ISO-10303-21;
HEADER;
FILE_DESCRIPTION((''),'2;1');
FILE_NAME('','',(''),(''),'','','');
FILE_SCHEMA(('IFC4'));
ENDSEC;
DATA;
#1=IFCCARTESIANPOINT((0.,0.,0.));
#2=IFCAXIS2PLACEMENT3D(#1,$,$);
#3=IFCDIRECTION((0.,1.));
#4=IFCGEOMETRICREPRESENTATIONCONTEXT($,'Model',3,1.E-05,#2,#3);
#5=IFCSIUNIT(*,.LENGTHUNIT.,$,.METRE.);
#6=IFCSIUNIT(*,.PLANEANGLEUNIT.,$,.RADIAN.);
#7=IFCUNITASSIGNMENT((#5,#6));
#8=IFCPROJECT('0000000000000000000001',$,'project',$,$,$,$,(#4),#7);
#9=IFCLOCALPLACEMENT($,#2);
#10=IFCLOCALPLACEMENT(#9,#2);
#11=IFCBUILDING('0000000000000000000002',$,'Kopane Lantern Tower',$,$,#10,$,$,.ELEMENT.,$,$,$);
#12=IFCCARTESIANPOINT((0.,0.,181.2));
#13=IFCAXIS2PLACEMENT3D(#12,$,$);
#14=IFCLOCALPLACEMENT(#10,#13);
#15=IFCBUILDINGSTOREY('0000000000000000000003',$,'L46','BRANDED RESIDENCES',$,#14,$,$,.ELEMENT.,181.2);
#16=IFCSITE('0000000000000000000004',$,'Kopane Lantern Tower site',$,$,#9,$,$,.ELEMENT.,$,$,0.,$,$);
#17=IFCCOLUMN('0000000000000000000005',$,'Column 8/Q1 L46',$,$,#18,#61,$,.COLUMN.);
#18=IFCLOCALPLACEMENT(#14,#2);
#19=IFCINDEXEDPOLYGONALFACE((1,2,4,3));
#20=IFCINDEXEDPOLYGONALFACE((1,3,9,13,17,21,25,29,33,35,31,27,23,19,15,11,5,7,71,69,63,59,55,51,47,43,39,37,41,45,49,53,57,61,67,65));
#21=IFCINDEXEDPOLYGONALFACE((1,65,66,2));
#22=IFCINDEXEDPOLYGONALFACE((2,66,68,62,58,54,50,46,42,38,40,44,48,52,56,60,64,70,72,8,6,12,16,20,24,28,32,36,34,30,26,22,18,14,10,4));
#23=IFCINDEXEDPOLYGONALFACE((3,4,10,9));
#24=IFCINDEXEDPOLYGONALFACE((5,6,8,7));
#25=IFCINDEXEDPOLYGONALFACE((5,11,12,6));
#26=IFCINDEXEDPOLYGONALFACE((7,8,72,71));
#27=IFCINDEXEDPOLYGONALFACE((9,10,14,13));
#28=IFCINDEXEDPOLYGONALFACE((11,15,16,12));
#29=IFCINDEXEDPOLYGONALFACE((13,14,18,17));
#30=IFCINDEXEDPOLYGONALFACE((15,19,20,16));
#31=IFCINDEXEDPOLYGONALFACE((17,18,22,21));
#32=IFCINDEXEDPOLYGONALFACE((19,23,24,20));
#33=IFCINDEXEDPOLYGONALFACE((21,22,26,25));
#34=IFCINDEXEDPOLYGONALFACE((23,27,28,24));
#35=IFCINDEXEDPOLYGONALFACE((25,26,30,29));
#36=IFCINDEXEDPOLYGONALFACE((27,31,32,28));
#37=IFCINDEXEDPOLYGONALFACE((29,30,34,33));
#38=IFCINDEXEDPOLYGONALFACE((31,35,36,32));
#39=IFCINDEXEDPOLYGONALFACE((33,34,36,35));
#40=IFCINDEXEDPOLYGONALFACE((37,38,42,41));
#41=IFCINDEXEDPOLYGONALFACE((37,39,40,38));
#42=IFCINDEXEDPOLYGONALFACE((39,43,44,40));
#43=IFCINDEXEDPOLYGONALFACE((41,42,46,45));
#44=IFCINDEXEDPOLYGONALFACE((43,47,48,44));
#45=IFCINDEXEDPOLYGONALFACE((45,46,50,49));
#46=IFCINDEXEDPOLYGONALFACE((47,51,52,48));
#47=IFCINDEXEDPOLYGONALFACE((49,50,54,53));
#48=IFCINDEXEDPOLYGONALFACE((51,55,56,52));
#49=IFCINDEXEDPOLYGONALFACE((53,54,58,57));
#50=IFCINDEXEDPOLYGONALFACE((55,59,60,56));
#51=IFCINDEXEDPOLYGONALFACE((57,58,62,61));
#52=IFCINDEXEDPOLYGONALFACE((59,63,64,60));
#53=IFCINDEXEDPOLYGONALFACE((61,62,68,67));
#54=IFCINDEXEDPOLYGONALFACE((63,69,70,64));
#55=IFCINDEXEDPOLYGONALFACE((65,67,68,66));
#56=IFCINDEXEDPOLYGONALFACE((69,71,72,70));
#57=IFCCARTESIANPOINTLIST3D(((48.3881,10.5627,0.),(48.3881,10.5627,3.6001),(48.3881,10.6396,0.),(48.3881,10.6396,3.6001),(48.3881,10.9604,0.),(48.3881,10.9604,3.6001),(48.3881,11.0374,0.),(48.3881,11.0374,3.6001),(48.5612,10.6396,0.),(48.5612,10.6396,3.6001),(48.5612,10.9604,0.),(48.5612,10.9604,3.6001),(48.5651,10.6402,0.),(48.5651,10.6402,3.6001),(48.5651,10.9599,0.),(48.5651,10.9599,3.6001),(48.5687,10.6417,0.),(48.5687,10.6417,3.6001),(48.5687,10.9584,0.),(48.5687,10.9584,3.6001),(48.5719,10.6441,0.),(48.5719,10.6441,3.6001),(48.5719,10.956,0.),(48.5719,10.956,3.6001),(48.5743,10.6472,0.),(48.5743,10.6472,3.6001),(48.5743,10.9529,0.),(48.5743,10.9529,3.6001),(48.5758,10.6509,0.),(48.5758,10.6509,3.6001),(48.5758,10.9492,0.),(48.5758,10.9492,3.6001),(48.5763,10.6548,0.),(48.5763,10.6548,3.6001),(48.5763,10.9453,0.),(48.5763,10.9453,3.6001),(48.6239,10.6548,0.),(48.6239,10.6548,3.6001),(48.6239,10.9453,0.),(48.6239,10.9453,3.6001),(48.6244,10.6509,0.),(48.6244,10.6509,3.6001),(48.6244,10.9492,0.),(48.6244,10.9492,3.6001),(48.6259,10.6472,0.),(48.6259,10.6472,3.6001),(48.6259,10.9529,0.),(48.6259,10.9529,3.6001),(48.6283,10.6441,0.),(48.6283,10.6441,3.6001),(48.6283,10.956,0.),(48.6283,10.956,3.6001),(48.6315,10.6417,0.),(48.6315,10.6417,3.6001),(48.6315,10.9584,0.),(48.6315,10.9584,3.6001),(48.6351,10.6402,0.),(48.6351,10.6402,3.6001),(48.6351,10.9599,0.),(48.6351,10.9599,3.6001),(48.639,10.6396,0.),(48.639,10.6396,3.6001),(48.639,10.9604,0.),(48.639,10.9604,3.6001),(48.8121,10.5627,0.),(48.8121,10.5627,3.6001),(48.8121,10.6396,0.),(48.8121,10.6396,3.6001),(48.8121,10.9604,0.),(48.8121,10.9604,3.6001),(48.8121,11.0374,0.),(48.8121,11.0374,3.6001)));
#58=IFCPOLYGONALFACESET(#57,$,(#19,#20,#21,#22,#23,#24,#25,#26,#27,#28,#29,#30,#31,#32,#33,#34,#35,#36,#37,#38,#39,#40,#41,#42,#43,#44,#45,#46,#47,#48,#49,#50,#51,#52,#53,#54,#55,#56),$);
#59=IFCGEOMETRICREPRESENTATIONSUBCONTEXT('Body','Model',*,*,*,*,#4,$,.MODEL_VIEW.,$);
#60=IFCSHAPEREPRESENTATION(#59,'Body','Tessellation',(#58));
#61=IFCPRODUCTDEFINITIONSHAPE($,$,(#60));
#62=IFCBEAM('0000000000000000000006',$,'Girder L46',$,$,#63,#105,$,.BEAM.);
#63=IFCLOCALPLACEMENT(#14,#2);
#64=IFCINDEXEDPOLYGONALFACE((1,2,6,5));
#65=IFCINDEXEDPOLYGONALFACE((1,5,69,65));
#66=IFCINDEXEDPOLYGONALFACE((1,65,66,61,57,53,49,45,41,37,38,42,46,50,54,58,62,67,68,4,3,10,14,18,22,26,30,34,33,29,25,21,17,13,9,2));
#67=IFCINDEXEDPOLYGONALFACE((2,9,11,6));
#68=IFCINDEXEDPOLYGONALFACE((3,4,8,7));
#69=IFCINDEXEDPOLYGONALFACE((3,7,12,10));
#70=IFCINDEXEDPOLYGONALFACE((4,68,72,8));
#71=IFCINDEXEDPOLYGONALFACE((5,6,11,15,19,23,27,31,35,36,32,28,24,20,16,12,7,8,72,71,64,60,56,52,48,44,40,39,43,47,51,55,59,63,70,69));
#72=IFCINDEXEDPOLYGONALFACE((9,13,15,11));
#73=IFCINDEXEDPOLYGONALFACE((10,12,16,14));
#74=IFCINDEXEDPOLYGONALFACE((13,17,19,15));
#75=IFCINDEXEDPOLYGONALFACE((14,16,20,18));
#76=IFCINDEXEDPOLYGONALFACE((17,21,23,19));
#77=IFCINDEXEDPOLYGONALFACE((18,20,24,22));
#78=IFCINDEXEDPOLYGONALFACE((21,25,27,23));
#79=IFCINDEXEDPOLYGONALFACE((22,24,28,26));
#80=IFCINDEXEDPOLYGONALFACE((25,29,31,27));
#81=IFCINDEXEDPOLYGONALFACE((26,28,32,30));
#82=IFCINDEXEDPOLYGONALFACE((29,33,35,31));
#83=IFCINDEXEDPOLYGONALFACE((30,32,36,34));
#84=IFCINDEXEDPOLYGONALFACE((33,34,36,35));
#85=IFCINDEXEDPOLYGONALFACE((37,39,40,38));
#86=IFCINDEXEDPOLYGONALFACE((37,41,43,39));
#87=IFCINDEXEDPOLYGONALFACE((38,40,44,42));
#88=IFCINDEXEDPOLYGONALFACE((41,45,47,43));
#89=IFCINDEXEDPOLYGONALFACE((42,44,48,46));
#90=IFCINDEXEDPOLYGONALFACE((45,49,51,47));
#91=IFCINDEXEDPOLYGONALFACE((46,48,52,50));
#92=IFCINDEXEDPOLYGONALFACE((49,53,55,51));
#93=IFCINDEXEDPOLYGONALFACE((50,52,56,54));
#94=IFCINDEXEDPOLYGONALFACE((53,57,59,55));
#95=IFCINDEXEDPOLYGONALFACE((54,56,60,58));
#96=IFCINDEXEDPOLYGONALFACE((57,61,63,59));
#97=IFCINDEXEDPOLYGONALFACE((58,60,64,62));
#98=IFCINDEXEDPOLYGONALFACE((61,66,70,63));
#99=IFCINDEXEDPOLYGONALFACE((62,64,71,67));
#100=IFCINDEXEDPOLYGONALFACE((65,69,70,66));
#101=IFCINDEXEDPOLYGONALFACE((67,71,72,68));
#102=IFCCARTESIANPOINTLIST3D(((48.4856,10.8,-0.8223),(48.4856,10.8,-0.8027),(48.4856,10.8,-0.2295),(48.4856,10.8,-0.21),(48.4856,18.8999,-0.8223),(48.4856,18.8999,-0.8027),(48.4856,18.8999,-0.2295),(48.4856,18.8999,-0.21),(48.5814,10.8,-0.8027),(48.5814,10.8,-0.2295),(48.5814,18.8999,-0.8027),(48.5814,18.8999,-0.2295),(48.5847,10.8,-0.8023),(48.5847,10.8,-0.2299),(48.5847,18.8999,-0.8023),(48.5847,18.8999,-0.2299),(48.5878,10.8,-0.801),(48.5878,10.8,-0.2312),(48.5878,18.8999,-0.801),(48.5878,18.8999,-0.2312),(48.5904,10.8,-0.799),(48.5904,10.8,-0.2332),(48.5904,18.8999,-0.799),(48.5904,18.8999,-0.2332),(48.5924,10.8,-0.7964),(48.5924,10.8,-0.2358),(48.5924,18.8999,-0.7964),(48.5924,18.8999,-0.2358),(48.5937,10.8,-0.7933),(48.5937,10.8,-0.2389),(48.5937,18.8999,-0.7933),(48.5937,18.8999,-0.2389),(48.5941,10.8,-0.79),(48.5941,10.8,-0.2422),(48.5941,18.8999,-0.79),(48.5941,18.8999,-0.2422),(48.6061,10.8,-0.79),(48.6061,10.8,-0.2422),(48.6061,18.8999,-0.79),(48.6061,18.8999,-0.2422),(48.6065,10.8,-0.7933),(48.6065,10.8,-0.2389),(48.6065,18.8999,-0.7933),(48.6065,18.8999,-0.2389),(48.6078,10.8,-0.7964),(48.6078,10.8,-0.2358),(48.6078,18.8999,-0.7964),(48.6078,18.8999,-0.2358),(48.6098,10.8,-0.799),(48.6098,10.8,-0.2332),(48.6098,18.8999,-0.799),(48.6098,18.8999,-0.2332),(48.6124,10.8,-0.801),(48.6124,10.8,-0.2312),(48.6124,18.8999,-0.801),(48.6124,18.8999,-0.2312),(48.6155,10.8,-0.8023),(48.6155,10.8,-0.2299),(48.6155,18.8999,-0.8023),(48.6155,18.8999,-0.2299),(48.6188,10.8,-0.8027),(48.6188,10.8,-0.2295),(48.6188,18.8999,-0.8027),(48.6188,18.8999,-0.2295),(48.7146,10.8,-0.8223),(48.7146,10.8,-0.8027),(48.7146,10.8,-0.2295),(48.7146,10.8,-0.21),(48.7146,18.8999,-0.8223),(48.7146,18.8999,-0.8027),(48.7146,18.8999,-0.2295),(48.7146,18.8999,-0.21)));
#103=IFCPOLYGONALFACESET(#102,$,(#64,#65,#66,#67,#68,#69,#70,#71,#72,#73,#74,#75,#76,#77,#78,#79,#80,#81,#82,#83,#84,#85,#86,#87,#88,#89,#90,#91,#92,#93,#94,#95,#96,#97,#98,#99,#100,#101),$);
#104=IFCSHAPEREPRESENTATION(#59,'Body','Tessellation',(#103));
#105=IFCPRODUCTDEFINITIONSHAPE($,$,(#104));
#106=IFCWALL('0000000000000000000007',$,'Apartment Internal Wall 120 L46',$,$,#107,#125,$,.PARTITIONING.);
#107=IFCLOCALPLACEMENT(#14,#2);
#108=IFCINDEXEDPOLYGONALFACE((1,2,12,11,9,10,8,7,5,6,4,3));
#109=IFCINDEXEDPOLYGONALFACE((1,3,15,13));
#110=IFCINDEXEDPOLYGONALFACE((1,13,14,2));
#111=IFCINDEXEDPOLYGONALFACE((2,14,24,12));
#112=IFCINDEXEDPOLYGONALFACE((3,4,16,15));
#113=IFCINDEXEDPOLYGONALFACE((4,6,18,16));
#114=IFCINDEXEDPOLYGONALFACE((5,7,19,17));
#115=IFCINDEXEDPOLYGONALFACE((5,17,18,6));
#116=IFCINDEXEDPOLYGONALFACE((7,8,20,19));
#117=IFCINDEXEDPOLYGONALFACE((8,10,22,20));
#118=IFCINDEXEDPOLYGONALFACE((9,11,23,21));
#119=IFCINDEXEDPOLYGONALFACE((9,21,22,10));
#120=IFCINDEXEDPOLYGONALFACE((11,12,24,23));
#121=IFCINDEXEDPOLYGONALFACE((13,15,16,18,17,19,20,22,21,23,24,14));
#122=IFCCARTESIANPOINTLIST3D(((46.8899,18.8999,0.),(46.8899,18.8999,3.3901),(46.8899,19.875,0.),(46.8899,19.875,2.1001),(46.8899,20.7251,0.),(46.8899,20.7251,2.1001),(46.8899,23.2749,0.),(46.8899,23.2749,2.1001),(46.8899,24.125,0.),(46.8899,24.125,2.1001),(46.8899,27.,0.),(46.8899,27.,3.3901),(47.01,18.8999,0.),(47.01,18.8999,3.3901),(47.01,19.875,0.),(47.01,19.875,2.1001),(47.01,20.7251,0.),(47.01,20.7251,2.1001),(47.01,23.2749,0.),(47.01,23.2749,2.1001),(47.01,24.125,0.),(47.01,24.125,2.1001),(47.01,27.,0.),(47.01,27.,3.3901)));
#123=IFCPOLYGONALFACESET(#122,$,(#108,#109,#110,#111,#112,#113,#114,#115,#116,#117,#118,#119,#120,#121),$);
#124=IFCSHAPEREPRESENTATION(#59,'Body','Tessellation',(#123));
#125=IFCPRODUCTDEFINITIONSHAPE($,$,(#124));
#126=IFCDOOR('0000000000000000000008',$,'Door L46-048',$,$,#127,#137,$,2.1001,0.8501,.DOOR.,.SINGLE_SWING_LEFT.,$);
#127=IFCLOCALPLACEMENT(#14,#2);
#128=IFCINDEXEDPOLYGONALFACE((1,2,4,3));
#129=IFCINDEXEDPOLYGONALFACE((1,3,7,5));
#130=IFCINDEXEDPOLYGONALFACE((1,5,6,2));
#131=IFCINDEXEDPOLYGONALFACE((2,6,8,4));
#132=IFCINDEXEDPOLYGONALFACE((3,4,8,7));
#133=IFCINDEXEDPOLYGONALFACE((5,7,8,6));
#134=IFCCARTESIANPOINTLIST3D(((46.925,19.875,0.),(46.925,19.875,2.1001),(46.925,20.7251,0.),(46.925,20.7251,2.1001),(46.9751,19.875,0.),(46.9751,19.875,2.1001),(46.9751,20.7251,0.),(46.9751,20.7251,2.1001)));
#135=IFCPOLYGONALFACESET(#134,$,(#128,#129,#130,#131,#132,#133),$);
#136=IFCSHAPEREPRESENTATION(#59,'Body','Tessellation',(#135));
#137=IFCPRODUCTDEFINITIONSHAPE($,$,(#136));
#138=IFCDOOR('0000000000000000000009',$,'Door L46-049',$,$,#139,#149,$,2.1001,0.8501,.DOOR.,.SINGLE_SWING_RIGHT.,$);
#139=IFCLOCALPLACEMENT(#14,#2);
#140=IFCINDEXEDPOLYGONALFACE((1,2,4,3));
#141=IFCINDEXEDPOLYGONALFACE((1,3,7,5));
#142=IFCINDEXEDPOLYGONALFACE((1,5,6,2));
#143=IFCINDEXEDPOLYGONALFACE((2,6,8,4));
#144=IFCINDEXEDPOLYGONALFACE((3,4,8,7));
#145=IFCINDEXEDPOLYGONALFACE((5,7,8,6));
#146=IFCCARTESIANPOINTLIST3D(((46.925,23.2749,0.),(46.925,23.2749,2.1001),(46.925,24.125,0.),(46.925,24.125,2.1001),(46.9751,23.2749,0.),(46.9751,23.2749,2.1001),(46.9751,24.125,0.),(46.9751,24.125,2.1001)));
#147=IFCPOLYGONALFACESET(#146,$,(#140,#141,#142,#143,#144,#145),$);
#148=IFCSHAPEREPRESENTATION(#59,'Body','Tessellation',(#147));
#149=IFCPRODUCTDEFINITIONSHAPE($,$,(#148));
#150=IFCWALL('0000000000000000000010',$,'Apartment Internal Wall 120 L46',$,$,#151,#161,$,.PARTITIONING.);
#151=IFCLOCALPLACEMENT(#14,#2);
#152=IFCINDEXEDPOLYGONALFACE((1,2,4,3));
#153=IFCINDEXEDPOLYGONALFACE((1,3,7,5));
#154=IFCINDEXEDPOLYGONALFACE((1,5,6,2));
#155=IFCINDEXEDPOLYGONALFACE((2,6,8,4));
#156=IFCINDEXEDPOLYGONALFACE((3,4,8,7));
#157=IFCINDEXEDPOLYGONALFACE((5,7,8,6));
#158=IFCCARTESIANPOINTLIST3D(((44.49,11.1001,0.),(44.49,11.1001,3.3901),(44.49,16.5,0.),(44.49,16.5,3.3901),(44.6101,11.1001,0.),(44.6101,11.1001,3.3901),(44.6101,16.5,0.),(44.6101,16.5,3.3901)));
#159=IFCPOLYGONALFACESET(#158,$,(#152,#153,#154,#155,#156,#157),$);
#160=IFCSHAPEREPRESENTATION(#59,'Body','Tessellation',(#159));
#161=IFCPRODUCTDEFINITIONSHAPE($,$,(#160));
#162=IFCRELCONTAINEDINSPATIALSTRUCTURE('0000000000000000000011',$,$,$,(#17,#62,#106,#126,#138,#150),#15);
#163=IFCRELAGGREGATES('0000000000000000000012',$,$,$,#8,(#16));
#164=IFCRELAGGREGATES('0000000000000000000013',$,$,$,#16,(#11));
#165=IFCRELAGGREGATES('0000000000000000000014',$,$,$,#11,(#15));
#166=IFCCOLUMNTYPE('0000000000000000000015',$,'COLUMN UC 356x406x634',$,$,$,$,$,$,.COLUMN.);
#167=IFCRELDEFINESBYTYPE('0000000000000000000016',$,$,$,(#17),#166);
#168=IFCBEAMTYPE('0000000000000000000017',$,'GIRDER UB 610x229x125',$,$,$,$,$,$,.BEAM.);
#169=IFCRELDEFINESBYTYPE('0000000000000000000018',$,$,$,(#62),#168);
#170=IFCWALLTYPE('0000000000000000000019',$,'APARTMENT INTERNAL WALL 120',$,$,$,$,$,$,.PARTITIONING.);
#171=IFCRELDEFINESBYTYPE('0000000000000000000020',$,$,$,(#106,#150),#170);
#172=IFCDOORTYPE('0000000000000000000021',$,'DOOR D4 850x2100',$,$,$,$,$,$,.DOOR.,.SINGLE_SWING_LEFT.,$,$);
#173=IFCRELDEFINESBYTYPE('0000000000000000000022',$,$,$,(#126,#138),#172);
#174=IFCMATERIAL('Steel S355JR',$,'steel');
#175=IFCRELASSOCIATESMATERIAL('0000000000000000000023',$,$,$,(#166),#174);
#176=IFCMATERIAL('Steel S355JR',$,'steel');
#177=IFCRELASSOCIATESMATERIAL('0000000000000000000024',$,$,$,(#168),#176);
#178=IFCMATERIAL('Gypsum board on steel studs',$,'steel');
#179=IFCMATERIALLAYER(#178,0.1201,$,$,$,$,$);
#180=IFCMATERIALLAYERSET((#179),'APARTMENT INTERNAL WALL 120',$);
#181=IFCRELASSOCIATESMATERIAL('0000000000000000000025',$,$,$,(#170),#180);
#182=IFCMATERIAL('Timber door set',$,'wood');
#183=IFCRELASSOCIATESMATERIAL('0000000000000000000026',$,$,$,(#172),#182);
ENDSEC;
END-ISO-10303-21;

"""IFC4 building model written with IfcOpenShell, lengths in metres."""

from ifc_helpers import new_model, si_unit, direction, frame, frame_2d, origin, origin_2d, place, context, subcontext, project, spatial, rectangle, i_section, extrude, material, layer, layer_set, material_profile, profile_set, type_object, element, fill, save


model = new_model("IFC4")

# Units and contexts
model_context = context("Model", 3, precision=1e-05, world=origin(), true_north=direction((0.0, 1.0)))
body_context = subcontext(model_context, "Body", "Model", "MODEL_VIEW")
ifc_project = project(units=[si_unit("LENGTHUNIT", "METRE"), si_unit("PLANEANGLEUNIT", "RADIAN")], contexts=[model_context])

# Site, building, storey
site_placement = place(None, origin())
site = spatial("IfcSite", under=ifc_project, at=site_placement, Name="Kopane Lantern Tower site", CompositionType="ELEMENT", RefElevation=0.0)
building_placement = place(site_placement, origin())
building = spatial("IfcBuilding", under=site, at=building_placement, Name="Kopane Lantern Tower", CompositionType="ELEMENT")
storey_placement = place(building_placement, frame((0.0, 0.0, 181.2)))
storey = spatial("IfcBuildingStorey", under=building, at=storey_placement, Name="L46", Description="BRANDED RESIDENCES", CompositionType="ELEMENT", Elevation=181.2)

# Column
ifc_material_1 = material(Name="Steel S355JR", Category="steel")
ifc_material_profile_1 = material_profile(ifc_material_1, i_section(OverallWidth=0.4241, OverallDepth=0.4746, WebThickness=0.0476, FlangeThickness=0.0769, FilletRadius=0.0151, at=origin_2d()), Name="UC 356x406x634")
ifc_profile_set_1 = profile_set([ifc_material_profile_1], Name="Steel S355JR")
column_type = type_object("IfcColumnType", Name="COLUMN UC 356x406x634", PredefinedType="COLUMN", material=ifc_profile_set_1)
column_placement = place(storey_placement, frame((48.6001, 10.8, 0.0), z_axis=(0.0, 0.0, 1.0), x_axis=(1.0, 0.0, 0.0)))
element("IfcColumn", 1, at=column_placement, inside=storey, type_object=column_type, Name="Column 8/Q1 L46", PredefinedType="COLUMN", context=body_context, shape_type="SweptSolid", body=[
    extrude(i_section(OverallWidth=0.4241, OverallDepth=0.4746, WebThickness=0.0476, FlangeThickness=0.0769, FilletRadius=0.0151, at=origin_2d()), origin(), (0.0, 0.0, 1.0), 3.6001),
])

# Beam
ifc_material_2 = material(Name="Steel S355JR", Category="steel")
ifc_material_profile_2 = material_profile(ifc_material_2, i_section(OverallWidth=0.229, OverallDepth=0.6123, WebThickness=0.012, FlangeThickness=0.0195, FilletRadius=0.0127, at=origin_2d()), Name="UB 610x229x125")
ifc_profile_set_2 = profile_set([ifc_material_profile_2], Name="Steel S355JR")
beam_type = type_object("IfcBeamType", Name="GIRDER UB 610x229x125", PredefinedType="BEAM", material=ifc_profile_set_2)
beam_placement = place(storey_placement, frame((48.6001, 10.8, -0.5161), z_axis=(0.0, 1.0, 0.0), x_axis=(-1.0, 0.0, 0.0)))
element("IfcBeam", 2, at=beam_placement, inside=storey, type_object=beam_type, Name="Girder L46", PredefinedType="BEAM", context=body_context, shape_type="SweptSolid", body=[
    extrude(i_section(OverallWidth=0.229, OverallDepth=0.6123, WebThickness=0.012, FlangeThickness=0.0195, FilletRadius=0.0127, at=origin_2d()), origin(), (0.0, 0.0, 1.0), 8.0999),
])

# Wall, openings, doors
ifc_material_3 = material(Name="Gypsum board on steel studs", Category="steel")
ifc_layer_1 = layer(ifc_material_3, 0.1201)
ifc_layer_set_1 = layer_set([ifc_layer_1], Name="APARTMENT INTERNAL WALL 120")
wall_type_1 = type_object("IfcWallType", Name="APARTMENT INTERNAL WALL 120", PredefinedType="PARTITIONING", material=ifc_layer_set_1)
wall_1_placement = place(storey_placement, frame((46.95, 18.8999, 0.0), z_axis=(0.0, 0.0, 1.0), x_axis=(0.0, 1.0, 0.0)))
wall_1 = element("IfcWall", 3, at=wall_1_placement, inside=storey, type_object=wall_type_1, Name="Apartment Internal Wall 120 L46", PredefinedType="PARTITIONING", context=body_context, shape_type="SweptSolid", body=[
    extrude(rectangle(XDim=8.1001, YDim=0.1201, at=frame_2d((4.05, 0.0))), origin(), (0.0, 0.0, 1.0), 3.3901),
])
opening_1_placement = place(wall_1_placement, frame((0.9751, 0.0, 0.0)))
opening_1 = element("IfcOpeningElement", 4, at=opening_1_placement, cuts=wall_1, PredefinedType="OPENING", context=body_context, shape_type="SweptSolid", body=[
    extrude(rectangle(XDim=0.8501, YDim=2.1001, at=frame_2d((0.425, 1.05))), frame((0.0, 0.0701, 0.0), z_axis=(0.0, -1.0, 0.0), x_axis=(1.0, 0.0, 0.0)), (0.0, 0.0, 1.0), 0.1401),
])
opening_2_placement = place(wall_1_placement, frame((4.375, 0.0, 0.0)))
opening_2 = element("IfcOpeningElement", 5, at=opening_2_placement, cuts=wall_1, PredefinedType="OPENING", context=body_context, shape_type="SweptSolid", body=[
    extrude(rectangle(XDim=0.8501, YDim=2.1001, at=frame_2d((0.425, 1.05))), frame((0.0, 0.0701, 0.0), z_axis=(0.0, -1.0, 0.0), x_axis=(1.0, 0.0, 0.0)), (0.0, 0.0, 1.0), 0.1401),
])
ifc_material_4 = material(Name="Timber door set", Category="wood")
door_type_1 = type_object("IfcDoorType", Name="DOOR D4 850x2100", OperationType="SINGLE_SWING_LEFT", PredefinedType="DOOR", material=ifc_material_4)
door_1_placement = place(opening_1_placement, origin())
door_1 = element("IfcDoor", 6, at=door_1_placement, inside=storey, type_object=door_type_1, Name="Door L46-048", OperationType="SINGLE_SWING_LEFT", OverallHeight=2.1001, OverallWidth=0.8501, PredefinedType="DOOR", context=body_context, shape_type="SweptSolid", body=[
    extrude(rectangle(XDim=0.8501, YDim=2.1001, at=frame_2d((0.425, 1.05))), frame((0.0, 0.0249, 0.0), z_axis=(0.0, -1.0, 0.0), x_axis=(1.0, 0.0, 0.0)), (0.0, 0.0, 1.0), 0.05),
])
fill(opening_1, door_1)
door_2_placement = place(opening_2_placement, origin())
door_2 = element("IfcDoor", 7, at=door_2_placement, inside=storey, type_object=door_type_1, Name="Door L46-049", OperationType="SINGLE_SWING_RIGHT", OverallHeight=2.1001, OverallWidth=0.8501, PredefinedType="DOOR", context=body_context, shape_type="SweptSolid", body=[
    extrude(rectangle(XDim=0.8501, YDim=2.1001, at=frame_2d((0.425, 1.05))), frame((0.0, 0.0249, 0.0), z_axis=(0.0, -1.0, 0.0), x_axis=(1.0, 0.0, 0.0)), (0.0, 0.0, 1.0), 0.05),
])
fill(opening_2, door_2)

# Wall
wall_2_placement = place(storey_placement, frame((44.55, 16.5, 0.0), z_axis=(0.0, 0.0, 1.0), x_axis=(0.0, -1.0, 0.0)))
element("IfcWall", 8, at=wall_2_placement, inside=storey, type_object=wall_type_1, Name="Apartment Internal Wall 120 L46", PredefinedType="PARTITIONING", context=body_context, shape_type="SweptSolid", body=[
    extrude(rectangle(XDim=5.3999, YDim=0.1201, at=frame_2d((2.7, 0.0))), origin(), (0.0, 0.0, 1.0), 3.3901),
])

save(model, "model.ifc")
